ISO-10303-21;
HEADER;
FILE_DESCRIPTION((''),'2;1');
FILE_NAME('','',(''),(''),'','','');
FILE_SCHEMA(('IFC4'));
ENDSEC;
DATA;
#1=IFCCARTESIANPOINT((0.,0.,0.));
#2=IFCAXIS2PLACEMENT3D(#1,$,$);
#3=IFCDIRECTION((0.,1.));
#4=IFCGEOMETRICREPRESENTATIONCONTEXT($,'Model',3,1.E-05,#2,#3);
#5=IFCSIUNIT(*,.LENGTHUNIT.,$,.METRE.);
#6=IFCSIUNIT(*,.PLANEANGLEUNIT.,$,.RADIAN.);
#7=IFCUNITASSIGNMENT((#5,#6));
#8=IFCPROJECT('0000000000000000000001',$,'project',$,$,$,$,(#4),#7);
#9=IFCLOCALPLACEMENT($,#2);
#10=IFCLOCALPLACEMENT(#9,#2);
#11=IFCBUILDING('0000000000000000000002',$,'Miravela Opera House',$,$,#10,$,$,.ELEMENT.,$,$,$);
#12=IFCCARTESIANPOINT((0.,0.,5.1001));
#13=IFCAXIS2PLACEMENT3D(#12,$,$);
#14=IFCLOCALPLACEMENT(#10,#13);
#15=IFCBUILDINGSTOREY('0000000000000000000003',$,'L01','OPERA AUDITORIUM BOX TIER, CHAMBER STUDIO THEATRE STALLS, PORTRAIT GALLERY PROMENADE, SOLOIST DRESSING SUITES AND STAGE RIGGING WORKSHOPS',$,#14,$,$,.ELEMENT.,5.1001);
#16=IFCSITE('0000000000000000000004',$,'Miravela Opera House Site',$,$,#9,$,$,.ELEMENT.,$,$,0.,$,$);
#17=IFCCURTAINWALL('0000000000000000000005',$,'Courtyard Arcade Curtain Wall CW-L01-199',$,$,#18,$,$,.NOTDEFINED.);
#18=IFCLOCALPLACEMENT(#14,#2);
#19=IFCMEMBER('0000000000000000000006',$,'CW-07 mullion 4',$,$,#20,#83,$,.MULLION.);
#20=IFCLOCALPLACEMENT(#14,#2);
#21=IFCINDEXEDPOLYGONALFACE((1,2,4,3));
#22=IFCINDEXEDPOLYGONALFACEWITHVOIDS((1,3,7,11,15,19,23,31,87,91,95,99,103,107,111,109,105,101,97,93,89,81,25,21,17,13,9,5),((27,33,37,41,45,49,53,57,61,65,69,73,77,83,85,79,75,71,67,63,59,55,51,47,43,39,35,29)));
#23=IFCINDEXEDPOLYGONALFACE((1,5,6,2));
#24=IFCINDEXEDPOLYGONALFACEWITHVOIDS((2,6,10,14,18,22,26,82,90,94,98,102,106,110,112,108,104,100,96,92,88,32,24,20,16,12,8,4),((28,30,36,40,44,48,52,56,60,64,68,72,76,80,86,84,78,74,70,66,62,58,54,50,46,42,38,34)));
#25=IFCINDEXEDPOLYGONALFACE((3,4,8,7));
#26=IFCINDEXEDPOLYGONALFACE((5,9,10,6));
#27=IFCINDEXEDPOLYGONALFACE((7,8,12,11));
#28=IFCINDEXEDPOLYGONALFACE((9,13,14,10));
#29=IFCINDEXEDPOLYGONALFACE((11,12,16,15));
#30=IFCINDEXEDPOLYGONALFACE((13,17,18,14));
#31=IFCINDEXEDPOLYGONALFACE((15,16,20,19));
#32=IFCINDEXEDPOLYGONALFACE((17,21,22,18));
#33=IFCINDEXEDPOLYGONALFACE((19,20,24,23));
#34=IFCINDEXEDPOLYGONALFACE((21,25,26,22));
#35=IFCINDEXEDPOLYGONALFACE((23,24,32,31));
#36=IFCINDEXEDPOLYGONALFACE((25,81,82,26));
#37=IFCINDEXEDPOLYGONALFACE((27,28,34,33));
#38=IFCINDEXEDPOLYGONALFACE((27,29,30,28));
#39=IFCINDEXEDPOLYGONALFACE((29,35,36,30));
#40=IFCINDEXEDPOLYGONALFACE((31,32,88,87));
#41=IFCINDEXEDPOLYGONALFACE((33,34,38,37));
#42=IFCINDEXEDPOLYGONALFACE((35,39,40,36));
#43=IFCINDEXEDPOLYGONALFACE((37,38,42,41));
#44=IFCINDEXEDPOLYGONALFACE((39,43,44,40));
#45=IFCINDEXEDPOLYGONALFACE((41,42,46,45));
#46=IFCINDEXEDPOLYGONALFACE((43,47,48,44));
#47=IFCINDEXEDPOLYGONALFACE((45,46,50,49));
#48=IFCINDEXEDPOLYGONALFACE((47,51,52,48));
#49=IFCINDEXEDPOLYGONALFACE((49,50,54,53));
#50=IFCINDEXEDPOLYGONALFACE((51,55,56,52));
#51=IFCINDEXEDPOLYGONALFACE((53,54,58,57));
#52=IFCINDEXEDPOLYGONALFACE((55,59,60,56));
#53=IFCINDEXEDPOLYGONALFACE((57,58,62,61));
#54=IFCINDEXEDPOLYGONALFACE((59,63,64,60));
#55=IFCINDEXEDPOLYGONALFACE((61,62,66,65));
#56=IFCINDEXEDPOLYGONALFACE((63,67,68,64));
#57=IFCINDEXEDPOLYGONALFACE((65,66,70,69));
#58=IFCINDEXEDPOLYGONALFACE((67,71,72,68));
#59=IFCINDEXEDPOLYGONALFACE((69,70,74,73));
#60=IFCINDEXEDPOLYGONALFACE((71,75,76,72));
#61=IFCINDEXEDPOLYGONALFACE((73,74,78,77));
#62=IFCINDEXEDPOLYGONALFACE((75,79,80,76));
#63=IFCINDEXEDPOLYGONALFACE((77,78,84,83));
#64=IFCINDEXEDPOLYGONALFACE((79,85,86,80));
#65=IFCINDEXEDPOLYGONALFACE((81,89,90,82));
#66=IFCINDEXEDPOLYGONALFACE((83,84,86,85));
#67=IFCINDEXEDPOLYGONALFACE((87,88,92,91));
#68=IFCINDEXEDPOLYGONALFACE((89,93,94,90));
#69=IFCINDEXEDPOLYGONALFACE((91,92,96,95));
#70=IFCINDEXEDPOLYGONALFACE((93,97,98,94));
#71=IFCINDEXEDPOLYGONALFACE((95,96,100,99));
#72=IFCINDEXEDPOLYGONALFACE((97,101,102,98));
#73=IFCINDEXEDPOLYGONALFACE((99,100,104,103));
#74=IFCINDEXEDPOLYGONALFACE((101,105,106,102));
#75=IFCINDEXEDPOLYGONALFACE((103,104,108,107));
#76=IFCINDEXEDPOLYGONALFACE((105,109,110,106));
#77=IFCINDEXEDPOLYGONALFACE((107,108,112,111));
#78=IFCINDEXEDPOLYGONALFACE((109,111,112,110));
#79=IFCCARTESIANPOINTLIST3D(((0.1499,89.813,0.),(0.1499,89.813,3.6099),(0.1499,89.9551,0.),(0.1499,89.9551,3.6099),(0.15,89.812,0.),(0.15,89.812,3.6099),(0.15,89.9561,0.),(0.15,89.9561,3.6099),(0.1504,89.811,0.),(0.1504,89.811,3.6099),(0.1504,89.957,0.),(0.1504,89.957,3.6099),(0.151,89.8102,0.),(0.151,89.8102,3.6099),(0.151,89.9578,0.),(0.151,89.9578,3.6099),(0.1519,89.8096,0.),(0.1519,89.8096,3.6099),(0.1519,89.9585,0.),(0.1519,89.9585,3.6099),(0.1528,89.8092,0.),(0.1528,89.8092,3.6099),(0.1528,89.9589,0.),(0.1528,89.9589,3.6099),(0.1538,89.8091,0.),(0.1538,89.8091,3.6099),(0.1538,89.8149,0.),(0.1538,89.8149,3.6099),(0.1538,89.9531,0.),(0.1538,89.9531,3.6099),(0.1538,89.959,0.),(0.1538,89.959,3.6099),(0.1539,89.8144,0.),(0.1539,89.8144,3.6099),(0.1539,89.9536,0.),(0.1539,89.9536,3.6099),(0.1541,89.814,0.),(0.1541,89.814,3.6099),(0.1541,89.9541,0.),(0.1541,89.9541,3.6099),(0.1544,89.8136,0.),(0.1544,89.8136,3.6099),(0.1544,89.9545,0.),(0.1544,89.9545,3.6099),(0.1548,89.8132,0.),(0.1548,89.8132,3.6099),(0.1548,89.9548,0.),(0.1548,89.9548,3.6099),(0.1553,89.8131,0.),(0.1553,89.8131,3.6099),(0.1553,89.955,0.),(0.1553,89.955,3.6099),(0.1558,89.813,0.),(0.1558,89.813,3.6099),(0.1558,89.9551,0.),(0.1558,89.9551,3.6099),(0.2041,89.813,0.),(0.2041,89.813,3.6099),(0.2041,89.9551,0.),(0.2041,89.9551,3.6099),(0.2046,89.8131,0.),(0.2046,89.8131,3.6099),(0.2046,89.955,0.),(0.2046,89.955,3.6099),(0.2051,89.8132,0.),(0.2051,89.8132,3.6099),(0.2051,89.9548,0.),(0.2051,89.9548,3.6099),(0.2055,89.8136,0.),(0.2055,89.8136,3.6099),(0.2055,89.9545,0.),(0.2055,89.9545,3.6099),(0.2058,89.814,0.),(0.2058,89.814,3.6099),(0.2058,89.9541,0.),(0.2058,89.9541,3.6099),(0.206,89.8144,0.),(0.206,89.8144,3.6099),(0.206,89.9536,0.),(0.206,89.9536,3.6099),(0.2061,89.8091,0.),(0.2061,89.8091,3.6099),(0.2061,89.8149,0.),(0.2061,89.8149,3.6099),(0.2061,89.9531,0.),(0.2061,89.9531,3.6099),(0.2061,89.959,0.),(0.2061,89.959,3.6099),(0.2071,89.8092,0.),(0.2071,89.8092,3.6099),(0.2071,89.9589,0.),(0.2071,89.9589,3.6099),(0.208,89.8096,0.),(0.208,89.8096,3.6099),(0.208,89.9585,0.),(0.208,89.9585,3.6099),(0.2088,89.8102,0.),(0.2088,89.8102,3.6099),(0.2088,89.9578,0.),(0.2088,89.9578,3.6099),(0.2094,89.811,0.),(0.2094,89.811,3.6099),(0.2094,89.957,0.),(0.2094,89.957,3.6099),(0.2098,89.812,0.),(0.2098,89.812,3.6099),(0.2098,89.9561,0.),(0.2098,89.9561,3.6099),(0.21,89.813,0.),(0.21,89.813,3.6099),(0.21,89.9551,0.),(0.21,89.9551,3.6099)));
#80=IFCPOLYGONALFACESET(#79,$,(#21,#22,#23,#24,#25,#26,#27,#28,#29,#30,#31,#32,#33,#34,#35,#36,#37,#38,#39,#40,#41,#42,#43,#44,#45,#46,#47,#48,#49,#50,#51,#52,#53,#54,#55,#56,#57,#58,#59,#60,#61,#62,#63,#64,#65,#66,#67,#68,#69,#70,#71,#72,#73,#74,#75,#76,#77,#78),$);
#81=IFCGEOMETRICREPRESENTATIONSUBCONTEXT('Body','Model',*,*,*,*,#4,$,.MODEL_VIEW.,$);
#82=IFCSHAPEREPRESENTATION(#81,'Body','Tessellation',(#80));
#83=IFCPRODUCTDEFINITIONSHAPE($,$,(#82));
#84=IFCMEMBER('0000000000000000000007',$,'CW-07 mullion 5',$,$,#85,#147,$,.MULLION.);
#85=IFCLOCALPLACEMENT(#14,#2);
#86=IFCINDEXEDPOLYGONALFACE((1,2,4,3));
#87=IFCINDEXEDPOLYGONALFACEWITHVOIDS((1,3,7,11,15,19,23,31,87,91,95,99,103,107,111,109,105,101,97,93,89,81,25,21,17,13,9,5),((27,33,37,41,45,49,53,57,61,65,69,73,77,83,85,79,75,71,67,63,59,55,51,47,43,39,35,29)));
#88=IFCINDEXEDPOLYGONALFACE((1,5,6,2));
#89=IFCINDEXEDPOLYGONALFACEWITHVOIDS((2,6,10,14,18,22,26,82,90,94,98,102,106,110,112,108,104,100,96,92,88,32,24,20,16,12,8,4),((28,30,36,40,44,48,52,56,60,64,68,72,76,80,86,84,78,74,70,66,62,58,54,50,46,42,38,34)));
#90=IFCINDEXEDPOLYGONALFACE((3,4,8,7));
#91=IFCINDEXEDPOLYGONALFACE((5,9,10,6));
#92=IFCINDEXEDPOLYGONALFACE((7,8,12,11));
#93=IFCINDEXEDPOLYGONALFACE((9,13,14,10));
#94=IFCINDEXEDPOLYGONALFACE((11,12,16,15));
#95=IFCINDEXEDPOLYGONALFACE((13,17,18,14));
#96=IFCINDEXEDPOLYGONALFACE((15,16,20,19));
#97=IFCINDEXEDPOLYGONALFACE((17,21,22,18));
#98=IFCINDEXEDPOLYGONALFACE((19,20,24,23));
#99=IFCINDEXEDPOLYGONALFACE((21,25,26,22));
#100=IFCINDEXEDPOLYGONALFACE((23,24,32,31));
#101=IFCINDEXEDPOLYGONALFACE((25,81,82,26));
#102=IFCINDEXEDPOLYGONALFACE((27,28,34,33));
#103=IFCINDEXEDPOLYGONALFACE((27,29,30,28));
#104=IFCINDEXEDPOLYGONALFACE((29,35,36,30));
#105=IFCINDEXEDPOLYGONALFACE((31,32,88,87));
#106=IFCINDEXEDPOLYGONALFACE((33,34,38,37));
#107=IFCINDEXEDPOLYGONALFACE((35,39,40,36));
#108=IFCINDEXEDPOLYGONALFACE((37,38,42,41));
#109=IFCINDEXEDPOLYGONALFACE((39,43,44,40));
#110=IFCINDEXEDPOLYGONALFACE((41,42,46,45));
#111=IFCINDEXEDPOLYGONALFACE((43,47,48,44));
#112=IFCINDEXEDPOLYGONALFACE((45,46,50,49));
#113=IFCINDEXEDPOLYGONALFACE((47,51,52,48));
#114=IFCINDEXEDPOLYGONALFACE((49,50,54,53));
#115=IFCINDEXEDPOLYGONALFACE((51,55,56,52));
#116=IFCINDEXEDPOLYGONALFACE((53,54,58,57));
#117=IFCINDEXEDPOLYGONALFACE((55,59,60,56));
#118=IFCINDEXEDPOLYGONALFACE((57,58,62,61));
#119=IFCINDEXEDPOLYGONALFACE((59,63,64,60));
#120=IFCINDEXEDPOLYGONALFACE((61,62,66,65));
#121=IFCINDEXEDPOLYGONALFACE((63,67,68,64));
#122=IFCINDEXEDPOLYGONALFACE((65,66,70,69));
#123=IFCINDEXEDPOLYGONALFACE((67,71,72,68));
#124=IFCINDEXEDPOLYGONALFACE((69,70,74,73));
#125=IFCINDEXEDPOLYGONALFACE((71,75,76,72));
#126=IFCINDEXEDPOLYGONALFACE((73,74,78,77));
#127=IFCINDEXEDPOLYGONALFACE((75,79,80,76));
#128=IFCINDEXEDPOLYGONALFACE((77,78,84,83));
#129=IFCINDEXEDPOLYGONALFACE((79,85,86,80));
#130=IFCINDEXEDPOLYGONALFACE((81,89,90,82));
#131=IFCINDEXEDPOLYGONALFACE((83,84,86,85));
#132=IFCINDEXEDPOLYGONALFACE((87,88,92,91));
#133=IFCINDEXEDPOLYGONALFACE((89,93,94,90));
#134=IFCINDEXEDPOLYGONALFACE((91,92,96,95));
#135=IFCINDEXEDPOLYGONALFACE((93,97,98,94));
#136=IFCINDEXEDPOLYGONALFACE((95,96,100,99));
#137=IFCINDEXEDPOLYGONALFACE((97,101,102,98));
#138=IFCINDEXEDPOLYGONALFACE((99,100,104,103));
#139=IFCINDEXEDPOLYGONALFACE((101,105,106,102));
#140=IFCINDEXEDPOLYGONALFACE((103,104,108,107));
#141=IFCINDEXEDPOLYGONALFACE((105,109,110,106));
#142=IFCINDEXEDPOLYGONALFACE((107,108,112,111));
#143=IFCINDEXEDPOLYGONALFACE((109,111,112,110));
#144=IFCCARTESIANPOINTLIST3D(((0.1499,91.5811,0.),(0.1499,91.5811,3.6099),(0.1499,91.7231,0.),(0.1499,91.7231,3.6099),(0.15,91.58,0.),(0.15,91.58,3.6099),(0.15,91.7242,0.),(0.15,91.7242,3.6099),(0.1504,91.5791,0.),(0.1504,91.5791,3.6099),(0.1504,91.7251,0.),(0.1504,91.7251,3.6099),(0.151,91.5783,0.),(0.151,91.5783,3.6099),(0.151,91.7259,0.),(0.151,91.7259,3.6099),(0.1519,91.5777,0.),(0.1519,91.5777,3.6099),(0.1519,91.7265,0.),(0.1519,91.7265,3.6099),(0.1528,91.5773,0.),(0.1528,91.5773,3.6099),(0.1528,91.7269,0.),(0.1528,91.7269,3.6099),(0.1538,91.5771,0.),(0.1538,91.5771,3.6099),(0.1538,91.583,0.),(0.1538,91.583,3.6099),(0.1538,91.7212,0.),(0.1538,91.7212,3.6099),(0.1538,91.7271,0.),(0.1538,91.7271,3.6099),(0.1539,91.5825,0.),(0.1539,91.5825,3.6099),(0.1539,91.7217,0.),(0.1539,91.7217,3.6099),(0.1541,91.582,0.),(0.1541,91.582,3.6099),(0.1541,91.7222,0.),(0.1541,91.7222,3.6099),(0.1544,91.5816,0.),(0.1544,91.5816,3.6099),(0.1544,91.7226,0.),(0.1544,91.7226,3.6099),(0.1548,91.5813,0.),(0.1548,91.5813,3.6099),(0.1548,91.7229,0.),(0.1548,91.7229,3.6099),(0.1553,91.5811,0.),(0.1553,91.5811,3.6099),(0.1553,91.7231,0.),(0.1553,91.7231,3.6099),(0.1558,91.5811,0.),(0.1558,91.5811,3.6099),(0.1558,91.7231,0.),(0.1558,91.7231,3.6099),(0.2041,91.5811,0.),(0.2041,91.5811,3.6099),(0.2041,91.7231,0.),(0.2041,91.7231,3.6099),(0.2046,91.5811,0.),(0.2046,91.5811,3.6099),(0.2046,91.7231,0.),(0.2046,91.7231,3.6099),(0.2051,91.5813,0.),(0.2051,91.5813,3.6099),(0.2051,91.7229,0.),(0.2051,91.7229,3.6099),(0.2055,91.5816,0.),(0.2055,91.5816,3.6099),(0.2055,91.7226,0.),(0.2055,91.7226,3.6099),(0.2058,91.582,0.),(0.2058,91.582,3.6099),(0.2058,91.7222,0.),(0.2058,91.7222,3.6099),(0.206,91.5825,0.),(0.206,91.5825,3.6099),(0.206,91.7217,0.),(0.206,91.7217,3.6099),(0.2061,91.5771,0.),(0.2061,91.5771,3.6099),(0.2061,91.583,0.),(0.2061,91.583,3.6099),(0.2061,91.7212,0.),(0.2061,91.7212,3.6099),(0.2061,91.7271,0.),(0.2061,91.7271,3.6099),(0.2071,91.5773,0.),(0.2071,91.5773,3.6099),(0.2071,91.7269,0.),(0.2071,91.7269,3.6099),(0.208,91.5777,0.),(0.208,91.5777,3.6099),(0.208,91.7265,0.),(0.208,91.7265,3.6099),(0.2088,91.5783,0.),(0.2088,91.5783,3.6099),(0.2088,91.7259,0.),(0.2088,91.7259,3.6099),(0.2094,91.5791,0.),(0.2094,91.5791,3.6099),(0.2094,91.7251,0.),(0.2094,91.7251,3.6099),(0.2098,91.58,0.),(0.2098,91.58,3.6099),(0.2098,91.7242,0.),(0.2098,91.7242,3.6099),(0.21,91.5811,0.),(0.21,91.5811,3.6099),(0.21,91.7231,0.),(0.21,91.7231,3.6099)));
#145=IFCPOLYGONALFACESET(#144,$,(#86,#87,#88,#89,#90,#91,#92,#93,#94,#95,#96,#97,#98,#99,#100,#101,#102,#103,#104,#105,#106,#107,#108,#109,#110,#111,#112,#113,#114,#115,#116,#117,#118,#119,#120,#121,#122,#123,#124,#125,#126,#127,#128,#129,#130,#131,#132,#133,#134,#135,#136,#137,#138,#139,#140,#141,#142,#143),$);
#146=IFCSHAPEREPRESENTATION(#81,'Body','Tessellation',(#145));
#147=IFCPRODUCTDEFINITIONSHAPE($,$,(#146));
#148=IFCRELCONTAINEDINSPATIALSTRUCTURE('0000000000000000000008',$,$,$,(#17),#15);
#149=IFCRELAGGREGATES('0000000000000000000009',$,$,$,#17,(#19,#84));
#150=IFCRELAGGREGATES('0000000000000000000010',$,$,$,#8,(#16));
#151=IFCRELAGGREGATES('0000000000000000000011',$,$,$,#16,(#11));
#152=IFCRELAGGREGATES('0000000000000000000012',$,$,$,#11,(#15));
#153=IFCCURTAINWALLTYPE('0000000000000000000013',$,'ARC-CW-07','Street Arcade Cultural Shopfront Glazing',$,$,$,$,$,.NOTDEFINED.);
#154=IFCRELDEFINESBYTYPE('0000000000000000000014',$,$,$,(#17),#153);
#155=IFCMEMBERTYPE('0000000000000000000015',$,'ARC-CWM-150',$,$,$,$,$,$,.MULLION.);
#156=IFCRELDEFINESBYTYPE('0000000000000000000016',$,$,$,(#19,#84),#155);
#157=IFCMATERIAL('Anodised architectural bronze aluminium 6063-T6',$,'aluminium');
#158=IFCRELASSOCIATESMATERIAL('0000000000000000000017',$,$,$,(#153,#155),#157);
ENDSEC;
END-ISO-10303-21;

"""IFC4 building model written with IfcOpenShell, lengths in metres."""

from ifc_helpers import new_model, si_unit, direction, frame, origin, origin_2d, place, context, subcontext, project, spatial, hollow_rectangle, extrude, material, material_profile, profile_set, type_object, element, aggregate, save


model = new_model("IFC4")

# Units and contexts
model_context = context("Model", 3, precision=1e-05, world=origin(), true_north=direction((0.0, 1.0)))
body_context = subcontext(model_context, "Body", "Model", "MODEL_VIEW")
ifc_project = project(units=[si_unit("LENGTHUNIT", "METRE"), si_unit("PLANEANGLEUNIT", "RADIAN")], contexts=[model_context])

# Site, building, storey
site_placement = place(None, origin())
site = spatial("IfcSite", under=ifc_project, at=site_placement, Name="Miravela Opera House Site", CompositionType="ELEMENT", RefElevation=0.0)
building_placement = place(site_placement, origin())
building = spatial("IfcBuilding", under=site, at=building_placement, Name="Miravela Opera House", CompositionType="ELEMENT")
storey_placement = place(building_placement, frame((0.0, 0.0, 5.1001)))
storey = spatial("IfcBuildingStorey", under=building, at=storey_placement, Name="L01", Description="OPERA AUDITORIUM BOX TIER, CHAMBER STUDIO THEATRE STALLS, PORTRAIT GALLERY PROMENADE, SOLOIST DRESSING SUITES AND STAGE RIGGING WORKSHOPS", CompositionType="ELEMENT", Elevation=5.1001)

# Curtain wall, members
ifc_material_1 = material(Name="Anodised architectural bronze aluminium 6063-T6", Category="aluminium")
curtain_wall_type = type_object("IfcCurtainWallType", Name="ARC-CW-07", Description="Street Arcade Cultural Shopfront Glazing", PredefinedType="NOTDEFINED", material=ifc_material_1)
curtain_wall_placement = place(storey_placement, origin())
curtain_wall = element("IfcCurtainWall", 1, at=curtain_wall_placement, inside=storey, type_object=curtain_wall_type, Name="Courtyard Arcade Curtain Wall CW-L01-199", PredefinedType="NOTDEFINED")
ifc_material_profile_1 = material_profile(ifc_material_1, hollow_rectangle(XDim=0.0601, YDim=0.1499, WallThickness=0.0039, InnerFilletRadius=0.002, OuterFilletRadius=0.0039, at=origin_2d()), Name="CWM-60X150")
ifc_profile_set_1 = profile_set([ifc_material_profile_1])
member_type_1 = type_object("IfcMemberType", Name="ARC-CWM-150", PredefinedType="MULLION", material=ifc_profile_set_1)
member_1_placement = place(storey_placement, frame((0.1799, 89.884, 0.0), z_axis=(0.0, 0.0, 1.0), x_axis=(-1.0, 0.0, 0.0)))
member_1 = element("IfcMember", 2, at=member_1_placement, type_object=member_type_1, Name="CW-07 mullion 4", PredefinedType="MULLION", context=body_context, shape_type="SweptSolid", body=[
    extrude(hollow_rectangle(XDim=0.0601, YDim=0.1499, WallThickness=0.0039, InnerFilletRadius=0.002, OuterFilletRadius=0.0039, at=origin_2d()), origin(), (0.0, 0.0, 1.0), 3.6099),
])
member_2_placement = place(storey_placement, frame((0.1799, 91.6521, 0.0), z_axis=(0.0, 0.0, 1.0), x_axis=(-1.0, 0.0, 0.0)))
member_2 = element("IfcMember", 3, at=member_2_placement, type_object=member_type_1, Name="CW-07 mullion 5", PredefinedType="MULLION", context=body_context, shape_type="SweptSolid", body=[
    extrude(hollow_rectangle(XDim=0.0601, YDim=0.1499, WallThickness=0.0039, InnerFilletRadius=0.002, OuterFilletRadius=0.0039, at=origin_2d()), origin(), (0.0, 0.0, 1.0), 3.6099),
])

aggregate(curtain_wall, [member_1, member_2])

save(model, "model.ifc")
